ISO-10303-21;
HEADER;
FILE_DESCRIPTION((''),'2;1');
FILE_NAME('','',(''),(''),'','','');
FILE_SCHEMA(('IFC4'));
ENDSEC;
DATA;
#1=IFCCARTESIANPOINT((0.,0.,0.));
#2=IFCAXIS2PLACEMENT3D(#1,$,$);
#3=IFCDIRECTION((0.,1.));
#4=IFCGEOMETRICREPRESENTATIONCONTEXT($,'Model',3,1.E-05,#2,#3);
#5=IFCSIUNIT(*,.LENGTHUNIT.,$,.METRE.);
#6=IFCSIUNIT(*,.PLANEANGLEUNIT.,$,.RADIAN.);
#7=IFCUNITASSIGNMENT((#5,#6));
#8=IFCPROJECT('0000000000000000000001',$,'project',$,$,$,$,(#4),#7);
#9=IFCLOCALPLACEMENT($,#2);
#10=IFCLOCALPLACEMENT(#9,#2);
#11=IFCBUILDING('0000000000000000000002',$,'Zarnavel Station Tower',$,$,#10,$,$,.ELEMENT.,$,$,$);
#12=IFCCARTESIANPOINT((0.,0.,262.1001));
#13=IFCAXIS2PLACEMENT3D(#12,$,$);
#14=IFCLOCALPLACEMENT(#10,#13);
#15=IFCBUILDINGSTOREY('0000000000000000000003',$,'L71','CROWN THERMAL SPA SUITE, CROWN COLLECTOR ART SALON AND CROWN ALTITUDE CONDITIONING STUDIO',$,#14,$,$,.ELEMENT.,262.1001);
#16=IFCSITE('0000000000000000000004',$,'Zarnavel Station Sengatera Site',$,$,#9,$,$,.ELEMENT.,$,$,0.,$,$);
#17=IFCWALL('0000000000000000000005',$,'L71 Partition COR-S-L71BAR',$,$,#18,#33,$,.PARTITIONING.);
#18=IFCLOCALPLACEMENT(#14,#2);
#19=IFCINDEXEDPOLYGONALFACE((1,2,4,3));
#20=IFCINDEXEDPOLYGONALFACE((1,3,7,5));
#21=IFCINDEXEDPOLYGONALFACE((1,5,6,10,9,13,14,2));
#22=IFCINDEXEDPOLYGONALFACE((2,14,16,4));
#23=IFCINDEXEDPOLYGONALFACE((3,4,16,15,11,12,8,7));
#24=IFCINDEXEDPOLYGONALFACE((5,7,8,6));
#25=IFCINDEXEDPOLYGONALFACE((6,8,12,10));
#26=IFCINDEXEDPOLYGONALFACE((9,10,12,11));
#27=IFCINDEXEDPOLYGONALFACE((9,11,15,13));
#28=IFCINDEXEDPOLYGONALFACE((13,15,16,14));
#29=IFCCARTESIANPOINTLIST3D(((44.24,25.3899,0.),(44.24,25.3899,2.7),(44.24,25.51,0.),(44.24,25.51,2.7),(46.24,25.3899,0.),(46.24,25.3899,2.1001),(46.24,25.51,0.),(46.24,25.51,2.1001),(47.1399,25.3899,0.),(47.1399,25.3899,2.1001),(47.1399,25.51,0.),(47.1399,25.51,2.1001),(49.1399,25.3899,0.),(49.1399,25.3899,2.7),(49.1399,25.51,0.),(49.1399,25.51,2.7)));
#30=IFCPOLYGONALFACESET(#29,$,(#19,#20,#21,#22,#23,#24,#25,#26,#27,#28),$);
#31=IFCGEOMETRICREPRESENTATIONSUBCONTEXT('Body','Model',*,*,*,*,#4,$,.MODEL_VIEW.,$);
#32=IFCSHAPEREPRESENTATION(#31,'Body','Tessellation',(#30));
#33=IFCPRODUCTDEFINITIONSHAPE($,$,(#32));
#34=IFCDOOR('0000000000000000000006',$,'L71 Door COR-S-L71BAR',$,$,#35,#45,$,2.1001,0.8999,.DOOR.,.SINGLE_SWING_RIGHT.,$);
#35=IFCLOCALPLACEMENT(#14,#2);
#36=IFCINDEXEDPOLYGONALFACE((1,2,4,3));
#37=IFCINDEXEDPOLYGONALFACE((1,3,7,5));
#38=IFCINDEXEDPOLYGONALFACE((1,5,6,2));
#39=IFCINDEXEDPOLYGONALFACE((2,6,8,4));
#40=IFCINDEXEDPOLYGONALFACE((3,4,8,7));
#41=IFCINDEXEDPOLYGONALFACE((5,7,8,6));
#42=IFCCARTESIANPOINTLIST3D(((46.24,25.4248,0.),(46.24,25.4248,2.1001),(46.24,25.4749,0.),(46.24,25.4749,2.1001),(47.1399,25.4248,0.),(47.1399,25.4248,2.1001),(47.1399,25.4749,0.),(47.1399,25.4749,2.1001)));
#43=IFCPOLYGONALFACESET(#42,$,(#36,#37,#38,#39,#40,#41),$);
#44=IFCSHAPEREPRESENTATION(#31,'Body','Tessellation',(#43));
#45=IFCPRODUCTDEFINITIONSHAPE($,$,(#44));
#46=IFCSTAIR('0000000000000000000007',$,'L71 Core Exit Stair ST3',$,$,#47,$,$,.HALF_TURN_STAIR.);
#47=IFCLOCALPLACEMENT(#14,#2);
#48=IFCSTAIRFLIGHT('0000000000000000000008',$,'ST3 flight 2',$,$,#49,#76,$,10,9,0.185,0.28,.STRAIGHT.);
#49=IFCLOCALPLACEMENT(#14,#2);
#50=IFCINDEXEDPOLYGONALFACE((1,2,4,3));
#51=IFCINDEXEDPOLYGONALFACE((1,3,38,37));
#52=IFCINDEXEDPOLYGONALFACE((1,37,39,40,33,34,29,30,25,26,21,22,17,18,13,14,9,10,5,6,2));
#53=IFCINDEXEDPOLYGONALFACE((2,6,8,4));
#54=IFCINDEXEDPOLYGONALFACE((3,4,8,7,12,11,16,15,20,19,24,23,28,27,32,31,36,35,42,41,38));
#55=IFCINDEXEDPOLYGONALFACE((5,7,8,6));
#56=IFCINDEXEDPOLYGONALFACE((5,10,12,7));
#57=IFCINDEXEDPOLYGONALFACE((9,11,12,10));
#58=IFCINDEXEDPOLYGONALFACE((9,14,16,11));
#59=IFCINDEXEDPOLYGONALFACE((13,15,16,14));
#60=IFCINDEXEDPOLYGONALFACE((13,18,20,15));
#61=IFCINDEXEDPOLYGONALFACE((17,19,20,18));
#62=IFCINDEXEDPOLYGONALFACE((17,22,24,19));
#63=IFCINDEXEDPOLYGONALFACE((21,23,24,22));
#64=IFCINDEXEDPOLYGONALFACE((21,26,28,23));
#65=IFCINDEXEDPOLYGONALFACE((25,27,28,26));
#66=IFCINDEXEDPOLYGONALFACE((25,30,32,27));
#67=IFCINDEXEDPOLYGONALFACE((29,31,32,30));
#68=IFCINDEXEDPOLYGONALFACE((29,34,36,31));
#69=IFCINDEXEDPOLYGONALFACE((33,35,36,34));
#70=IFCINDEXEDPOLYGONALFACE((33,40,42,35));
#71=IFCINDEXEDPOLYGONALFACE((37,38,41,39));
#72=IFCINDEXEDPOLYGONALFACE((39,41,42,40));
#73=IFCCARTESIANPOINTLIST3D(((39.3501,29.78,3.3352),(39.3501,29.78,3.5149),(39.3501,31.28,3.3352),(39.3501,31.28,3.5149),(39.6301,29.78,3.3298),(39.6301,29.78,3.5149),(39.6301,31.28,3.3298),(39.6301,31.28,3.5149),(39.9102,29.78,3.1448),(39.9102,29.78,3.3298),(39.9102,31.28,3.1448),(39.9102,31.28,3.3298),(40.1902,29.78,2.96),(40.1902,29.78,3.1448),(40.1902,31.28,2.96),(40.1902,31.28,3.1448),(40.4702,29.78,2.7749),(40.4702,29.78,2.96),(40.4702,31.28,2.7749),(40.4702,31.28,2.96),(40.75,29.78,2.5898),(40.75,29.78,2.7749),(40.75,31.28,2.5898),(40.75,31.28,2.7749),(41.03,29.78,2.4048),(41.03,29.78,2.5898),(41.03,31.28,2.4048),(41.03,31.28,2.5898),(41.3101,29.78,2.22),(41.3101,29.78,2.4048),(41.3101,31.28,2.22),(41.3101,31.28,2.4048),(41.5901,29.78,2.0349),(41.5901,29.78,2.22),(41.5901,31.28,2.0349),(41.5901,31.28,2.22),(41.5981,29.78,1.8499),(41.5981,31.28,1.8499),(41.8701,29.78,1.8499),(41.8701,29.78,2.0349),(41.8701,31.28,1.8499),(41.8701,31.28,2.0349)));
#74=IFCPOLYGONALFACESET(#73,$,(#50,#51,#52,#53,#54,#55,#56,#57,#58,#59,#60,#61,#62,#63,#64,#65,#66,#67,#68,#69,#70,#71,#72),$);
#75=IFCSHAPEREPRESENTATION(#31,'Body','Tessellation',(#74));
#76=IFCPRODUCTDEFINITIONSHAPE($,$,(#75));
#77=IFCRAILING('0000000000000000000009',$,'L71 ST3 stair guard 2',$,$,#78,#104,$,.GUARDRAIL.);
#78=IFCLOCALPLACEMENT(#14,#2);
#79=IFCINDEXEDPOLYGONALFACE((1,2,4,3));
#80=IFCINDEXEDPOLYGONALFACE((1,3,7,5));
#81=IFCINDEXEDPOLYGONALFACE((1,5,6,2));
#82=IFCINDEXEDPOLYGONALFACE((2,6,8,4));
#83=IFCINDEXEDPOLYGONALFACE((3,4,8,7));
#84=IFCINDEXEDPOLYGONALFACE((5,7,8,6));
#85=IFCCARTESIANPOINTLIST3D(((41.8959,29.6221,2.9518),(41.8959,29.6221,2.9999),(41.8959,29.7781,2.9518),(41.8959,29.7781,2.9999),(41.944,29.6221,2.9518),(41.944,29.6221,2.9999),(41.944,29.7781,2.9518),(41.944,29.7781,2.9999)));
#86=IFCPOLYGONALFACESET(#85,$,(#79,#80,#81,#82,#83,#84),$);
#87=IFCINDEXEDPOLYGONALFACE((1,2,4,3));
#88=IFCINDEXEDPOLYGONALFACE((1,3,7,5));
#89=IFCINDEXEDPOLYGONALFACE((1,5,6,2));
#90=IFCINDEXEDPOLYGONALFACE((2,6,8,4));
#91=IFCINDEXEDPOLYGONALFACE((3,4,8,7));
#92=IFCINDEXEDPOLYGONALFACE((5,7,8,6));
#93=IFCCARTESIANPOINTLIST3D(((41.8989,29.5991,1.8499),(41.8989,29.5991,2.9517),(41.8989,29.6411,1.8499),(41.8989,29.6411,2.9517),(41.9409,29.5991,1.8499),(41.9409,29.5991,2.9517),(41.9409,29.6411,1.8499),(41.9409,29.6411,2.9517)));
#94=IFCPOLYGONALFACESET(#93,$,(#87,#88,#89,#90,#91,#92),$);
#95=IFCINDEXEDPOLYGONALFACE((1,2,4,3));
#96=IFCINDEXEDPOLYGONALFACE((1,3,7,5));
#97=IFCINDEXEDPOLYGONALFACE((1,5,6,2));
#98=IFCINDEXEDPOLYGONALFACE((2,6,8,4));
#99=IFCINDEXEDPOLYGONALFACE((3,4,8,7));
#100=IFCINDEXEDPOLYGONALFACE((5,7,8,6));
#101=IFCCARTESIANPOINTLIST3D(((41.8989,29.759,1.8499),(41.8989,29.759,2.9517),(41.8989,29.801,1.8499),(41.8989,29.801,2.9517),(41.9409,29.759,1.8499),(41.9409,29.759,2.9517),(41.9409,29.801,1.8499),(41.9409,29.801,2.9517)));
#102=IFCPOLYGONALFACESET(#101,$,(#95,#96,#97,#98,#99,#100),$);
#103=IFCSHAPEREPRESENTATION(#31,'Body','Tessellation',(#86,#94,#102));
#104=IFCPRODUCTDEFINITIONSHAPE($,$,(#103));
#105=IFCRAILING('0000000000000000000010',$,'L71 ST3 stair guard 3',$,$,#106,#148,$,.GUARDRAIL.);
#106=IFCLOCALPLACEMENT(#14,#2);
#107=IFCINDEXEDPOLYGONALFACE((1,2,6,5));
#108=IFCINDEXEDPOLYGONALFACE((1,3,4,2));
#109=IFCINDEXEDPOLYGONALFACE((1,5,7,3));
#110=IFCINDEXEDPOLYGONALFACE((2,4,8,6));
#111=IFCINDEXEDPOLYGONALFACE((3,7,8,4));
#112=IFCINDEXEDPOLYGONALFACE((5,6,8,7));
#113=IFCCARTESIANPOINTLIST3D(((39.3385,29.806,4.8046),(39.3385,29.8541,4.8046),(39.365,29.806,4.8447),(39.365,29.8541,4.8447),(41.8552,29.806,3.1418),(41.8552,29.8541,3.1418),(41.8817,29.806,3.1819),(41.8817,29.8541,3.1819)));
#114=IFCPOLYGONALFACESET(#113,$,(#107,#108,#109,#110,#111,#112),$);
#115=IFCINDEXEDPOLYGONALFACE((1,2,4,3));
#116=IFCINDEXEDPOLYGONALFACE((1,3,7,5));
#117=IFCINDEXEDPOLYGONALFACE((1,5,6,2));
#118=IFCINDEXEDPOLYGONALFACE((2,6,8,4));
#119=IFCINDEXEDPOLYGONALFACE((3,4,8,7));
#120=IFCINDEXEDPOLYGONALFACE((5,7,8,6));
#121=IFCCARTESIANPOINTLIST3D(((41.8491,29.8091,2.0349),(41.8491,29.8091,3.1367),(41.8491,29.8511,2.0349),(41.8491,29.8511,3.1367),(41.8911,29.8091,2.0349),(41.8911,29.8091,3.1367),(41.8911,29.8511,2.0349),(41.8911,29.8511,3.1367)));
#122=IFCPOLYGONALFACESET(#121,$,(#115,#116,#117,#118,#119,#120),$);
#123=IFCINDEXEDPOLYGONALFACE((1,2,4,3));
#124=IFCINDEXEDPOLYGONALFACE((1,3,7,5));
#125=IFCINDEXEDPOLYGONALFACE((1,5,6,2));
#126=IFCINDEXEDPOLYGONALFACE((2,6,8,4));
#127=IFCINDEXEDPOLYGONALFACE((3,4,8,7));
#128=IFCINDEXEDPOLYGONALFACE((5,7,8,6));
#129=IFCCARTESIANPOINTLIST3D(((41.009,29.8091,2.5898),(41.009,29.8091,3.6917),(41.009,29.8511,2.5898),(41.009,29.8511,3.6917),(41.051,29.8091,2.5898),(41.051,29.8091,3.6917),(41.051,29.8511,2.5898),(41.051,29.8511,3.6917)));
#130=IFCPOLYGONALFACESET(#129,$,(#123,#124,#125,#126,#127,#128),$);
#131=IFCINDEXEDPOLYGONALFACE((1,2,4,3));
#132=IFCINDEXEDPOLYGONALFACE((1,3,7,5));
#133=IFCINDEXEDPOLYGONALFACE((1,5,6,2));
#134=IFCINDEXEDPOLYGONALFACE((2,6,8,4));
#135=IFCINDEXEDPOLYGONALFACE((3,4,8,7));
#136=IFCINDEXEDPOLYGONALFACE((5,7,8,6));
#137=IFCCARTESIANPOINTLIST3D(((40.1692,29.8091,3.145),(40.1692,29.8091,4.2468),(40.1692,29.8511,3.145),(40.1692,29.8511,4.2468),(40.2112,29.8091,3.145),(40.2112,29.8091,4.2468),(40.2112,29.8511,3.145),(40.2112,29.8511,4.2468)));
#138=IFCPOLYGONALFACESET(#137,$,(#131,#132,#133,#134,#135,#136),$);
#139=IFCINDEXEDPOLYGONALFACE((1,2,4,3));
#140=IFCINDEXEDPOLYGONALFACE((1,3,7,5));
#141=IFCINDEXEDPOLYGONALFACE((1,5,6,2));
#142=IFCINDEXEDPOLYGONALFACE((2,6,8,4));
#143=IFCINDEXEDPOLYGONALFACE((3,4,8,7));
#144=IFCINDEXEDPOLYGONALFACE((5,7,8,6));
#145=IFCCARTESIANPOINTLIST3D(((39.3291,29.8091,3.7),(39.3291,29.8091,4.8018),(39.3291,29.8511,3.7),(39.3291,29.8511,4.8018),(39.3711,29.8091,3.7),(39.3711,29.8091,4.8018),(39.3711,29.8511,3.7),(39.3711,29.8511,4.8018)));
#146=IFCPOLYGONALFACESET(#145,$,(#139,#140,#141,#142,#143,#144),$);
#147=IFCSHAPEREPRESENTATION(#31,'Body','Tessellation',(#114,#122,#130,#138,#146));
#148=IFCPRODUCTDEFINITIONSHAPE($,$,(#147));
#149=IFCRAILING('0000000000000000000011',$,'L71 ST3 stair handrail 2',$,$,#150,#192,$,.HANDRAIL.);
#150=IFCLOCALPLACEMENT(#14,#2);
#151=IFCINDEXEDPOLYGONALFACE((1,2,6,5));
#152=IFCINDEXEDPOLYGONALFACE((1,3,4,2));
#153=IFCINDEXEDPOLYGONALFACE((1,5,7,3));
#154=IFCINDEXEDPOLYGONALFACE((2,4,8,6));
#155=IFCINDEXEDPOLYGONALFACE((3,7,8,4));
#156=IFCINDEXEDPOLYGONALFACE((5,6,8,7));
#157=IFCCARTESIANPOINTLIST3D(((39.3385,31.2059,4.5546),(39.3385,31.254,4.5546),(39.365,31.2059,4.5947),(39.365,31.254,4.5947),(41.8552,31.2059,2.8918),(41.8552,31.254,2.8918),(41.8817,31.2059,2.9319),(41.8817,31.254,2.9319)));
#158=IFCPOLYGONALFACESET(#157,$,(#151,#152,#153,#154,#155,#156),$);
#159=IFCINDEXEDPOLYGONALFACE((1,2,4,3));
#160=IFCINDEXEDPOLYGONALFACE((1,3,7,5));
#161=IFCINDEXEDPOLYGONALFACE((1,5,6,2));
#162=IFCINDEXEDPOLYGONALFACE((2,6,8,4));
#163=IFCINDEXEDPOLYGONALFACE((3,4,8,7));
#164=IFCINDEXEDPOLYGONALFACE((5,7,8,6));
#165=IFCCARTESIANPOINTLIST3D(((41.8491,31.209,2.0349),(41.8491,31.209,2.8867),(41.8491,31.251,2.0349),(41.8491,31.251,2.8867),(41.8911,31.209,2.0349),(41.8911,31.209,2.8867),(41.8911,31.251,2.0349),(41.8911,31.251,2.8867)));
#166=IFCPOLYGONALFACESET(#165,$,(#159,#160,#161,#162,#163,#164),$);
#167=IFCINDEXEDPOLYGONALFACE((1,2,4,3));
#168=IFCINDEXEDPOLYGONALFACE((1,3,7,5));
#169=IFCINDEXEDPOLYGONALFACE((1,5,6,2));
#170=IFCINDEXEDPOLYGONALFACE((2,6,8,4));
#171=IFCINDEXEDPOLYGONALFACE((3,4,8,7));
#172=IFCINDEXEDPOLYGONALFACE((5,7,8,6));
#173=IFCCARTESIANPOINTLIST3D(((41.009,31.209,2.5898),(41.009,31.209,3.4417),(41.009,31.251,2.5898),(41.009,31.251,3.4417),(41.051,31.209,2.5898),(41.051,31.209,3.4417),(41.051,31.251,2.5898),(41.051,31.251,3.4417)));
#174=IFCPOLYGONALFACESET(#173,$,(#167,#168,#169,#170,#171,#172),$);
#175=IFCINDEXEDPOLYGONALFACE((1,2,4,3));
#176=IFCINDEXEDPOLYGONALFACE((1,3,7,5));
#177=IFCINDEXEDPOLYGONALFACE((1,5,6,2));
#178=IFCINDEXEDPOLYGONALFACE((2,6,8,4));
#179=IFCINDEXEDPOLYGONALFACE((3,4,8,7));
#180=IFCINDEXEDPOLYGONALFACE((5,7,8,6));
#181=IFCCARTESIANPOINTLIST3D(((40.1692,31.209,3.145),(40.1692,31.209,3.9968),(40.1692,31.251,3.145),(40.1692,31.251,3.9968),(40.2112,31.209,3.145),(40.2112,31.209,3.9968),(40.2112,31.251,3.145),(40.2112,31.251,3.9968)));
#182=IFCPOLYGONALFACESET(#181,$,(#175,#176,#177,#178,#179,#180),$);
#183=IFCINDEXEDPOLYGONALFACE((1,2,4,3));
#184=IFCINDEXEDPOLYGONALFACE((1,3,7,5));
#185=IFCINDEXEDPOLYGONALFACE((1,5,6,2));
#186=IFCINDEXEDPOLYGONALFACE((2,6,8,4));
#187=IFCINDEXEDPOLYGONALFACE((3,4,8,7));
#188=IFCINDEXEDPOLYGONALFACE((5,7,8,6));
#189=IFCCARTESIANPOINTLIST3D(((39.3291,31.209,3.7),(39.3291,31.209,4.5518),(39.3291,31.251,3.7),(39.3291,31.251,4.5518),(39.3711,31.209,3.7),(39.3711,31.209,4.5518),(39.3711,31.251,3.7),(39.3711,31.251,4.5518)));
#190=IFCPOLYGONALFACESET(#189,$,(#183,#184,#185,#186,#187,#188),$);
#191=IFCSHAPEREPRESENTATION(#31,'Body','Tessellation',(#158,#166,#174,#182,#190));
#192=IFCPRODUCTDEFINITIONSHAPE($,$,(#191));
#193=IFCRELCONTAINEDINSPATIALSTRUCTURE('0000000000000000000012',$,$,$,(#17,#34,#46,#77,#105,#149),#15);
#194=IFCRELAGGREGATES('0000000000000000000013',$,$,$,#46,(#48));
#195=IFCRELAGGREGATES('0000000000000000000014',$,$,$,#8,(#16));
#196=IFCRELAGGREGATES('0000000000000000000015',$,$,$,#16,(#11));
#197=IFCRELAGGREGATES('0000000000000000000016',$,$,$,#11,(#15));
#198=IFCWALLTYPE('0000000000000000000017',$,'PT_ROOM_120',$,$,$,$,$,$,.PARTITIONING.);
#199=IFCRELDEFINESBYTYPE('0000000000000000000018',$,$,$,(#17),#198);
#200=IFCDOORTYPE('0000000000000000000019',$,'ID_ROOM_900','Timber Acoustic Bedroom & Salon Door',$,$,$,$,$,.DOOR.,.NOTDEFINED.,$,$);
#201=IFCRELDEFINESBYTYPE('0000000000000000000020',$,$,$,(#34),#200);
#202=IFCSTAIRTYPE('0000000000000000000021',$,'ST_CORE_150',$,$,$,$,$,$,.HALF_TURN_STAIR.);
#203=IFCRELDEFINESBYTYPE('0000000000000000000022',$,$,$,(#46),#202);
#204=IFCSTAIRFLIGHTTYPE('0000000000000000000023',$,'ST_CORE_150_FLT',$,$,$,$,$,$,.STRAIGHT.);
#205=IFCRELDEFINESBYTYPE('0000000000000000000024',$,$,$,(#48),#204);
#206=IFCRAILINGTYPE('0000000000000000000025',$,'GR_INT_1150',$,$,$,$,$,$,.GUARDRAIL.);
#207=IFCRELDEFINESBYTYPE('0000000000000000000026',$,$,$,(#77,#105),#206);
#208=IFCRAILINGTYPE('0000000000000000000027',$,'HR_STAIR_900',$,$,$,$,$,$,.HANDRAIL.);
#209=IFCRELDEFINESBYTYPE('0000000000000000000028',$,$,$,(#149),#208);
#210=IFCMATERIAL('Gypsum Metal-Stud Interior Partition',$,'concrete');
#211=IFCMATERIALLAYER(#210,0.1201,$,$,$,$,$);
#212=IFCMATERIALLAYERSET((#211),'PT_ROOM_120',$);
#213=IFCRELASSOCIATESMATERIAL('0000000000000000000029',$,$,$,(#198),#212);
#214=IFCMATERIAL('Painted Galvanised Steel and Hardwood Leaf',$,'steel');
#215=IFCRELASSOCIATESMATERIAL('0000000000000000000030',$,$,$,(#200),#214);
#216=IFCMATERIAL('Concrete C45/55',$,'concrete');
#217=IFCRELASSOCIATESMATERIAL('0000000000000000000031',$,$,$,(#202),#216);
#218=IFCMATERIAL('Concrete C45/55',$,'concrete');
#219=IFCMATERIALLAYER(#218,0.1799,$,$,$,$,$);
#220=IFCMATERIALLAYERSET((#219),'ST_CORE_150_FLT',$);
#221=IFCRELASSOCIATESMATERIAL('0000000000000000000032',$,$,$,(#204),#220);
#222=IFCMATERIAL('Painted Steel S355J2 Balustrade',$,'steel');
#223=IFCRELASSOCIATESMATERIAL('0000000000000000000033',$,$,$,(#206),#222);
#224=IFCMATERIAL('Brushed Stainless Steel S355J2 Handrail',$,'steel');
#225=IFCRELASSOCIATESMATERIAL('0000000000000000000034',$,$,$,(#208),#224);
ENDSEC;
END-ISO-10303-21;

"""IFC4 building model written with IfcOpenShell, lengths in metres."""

from ifc_helpers import new_model, si_unit, direction, frame, frame_2d, origin, origin_2d, place, context, subcontext, project, spatial, polyline, rectangle, outline, extrude, material, layer, layer_set, type_object, element, fill, aggregate, save


model = new_model("IFC4")

# Units and contexts
model_context = context("Model", 3, precision=1e-05, world=origin(), true_north=direction((0.0, 1.0)))
body_context = subcontext(model_context, "Body", "Model", "MODEL_VIEW")
ifc_project = project(units=[si_unit("LENGTHUNIT", "METRE"), si_unit("PLANEANGLEUNIT", "RADIAN")], contexts=[model_context])

# Site, building, storey
site_placement = place(None, origin())
site = spatial("IfcSite", under=ifc_project, at=site_placement, Name="Zarnavel Station Sengatera Site", CompositionType="ELEMENT", RefElevation=0.0)
building_placement = place(site_placement, origin())
building = spatial("IfcBuilding", under=site, at=building_placement, Name="Zarnavel Station Tower", CompositionType="ELEMENT")
storey_placement = place(building_placement, frame((0.0, 0.0, 262.1001)))
storey = spatial("IfcBuildingStorey", under=building, at=storey_placement, Name="L71", Description="CROWN THERMAL SPA SUITE, CROWN COLLECTOR ART SALON AND CROWN ALTITUDE CONDITIONING STUDIO", CompositionType="ELEMENT", Elevation=262.1001)

# Wall, opening, door
ifc_material_1 = material(Name="Gypsum Metal-Stud Interior Partition", Category="concrete")
ifc_layer_1 = layer(ifc_material_1, 0.1201)
ifc_layer_set_1 = layer_set([ifc_layer_1], Name="PT_ROOM_120")
wall_type_1 = type_object("IfcWallType", Name="PT_ROOM_120", PredefinedType="PARTITIONING", material=ifc_layer_set_1)
wall_1_placement = place(storey_placement, frame((44.24, 25.45, 0.0), z_axis=(0.0, 0.0, 1.0), x_axis=(1.0, 0.0, 0.0)))
wall_1 = element("IfcWall", 1, at=wall_1_placement, inside=storey, type_object=wall_type_1, Name="L71 Partition COR-S-L71BAR", PredefinedType="PARTITIONING", context=body_context, shape_type="SweptSolid", body=[
    extrude(rectangle(XDim=4.8999, YDim=0.1201, at=frame_2d((2.45, 0.0))), origin(), (0.0, 0.0, 1.0), 2.7),
])
opening_1_placement = place(wall_1_placement, frame((2.0, 0.0, 0.0)))
opening_1 = element("IfcOpeningElement", 2, at=opening_1_placement, cuts=wall_1, PredefinedType="OPENING", context=body_context, shape_type="SweptSolid", body=[
    extrude(rectangle(XDim=0.8999, YDim=2.1001, at=frame_2d((0.45, 1.05))), frame((0.0, 0.0701, 0.0), z_axis=(0.0, -1.0, 0.0), x_axis=(1.0, 0.0, 0.0)), (0.0, 0.0, 1.0), 0.1401),
])
ifc_material_2 = material(Name="Painted Galvanised Steel and Hardwood Leaf", Category="steel")
door_type_1 = type_object("IfcDoorType", Name="ID_ROOM_900", Description="Timber Acoustic Bedroom & Salon Door", OperationType="NOTDEFINED", PredefinedType="DOOR", material=ifc_material_2)
door_1_placement = place(opening_1_placement, origin())
door_1 = element("IfcDoor", 3, at=door_1_placement, inside=storey, type_object=door_type_1, Name="L71 Door COR-S-L71BAR", OperationType="SINGLE_SWING_RIGHT", OverallHeight=2.1001, OverallWidth=0.8999, PredefinedType="DOOR", context=body_context, shape_type="SweptSolid", body=[
    extrude(rectangle(XDim=0.8999, YDim=2.1001, at=frame_2d((0.45, 1.05))), frame((0.0, 0.0249, 0.0), z_axis=(0.0, -1.0, 0.0), x_axis=(1.0, 0.0, 0.0)), (0.0, 0.0, 1.0), 0.05),
])
fill(opening_1, door_1)

# Stair, stair flight
ifc_material_3 = material(Name="Concrete C45/55", Category="concrete")
stair_type = type_object("IfcStairType", Name="ST_CORE_150", PredefinedType="HALF_TURN_STAIR", material=ifc_material_3)
stair_placement = place(storey_placement, origin())
stair = element("IfcStair", 4, at=stair_placement, inside=storey, type_object=stair_type, Name="L71 Core Exit Stair ST3", PredefinedType="HALF_TURN_STAIR")
ifc_material_4 = material(Name="Concrete C45/55", Category="concrete")
ifc_layer_2 = layer(ifc_material_4, 0.1799)
ifc_layer_set_2 = layer_set([ifc_layer_2], Name="ST_CORE_150_FLT")
stair_flight_type = type_object("IfcStairFlightType", Name="ST_CORE_150_FLT", PredefinedType="STRAIGHT", material=ifc_layer_set_2)
stair_flight_placement = place(storey_placement, frame((41.8701, 30.53, 1.8499), z_axis=(0.0, 0.0, 1.0), x_axis=(-1.0, 0.0, 0.0)))
stair_flight = element("IfcStairFlight", 5, at=stair_flight_placement, type_object=stair_flight_type, Name="ST3 flight 2", NumberOfRisers=10, NumberOfTreads=9, PredefinedType="STRAIGHT", RiserHeight=0.185, TreadLength=0.28, context=body_context, shape_type="SweptSolid", body=[
    extrude(outline(polyline([(0.0, 0.0), (0.0, 0.1851), (0.28, 0.1851), (0.28, 0.3701), (0.5601, 0.3701), (0.5601, 0.5549), (0.8401, 0.5549), (0.8401, 0.74), (1.1201, 0.74), (1.1201, 0.925), (1.3999, 0.925), (1.3999, 1.1101), (1.6799, 1.1101), (1.6799, 1.2949), (1.96, 1.2949), (1.96, 1.48), (2.24, 1.48), (2.24, 1.665), (2.52, 1.665), (2.52, 1.8501), (2.52, 1.4854), (0.272, 0.0), (0.0, 0.0)])), frame((0.0, 0.75, 0.0), z_axis=(0.0, -1.0, 0.0), x_axis=(1.0, 0.0, 0.0)), (0.0, 0.0, 1.0), 1.5),
])
aggregate(stair, [stair_flight])

# Railings
ifc_material_5 = material(Name="Painted Steel S355J2 Balustrade", Category="steel")
railing_type_1 = type_object("IfcRailingType", Name="GR_INT_1150", PredefinedType="GUARDRAIL", material=ifc_material_5)
railing_1_placement = place(storey_placement, frame((41.9199, 29.6201, 1.8499)))
element("IfcRailing", 6, at=railing_1_placement, inside=storey, type_object=railing_type_1, Name="L71 ST3 stair guard 2", PredefinedType="GUARDRAIL", context=body_context, shape_type="SweptSolid", body=[
    extrude(rectangle(XDim=0.0481, YDim=0.0481, at=origin_2d()), frame((0.0, 0.002, 1.126), z_axis=(0.0, 1.0, 0.0), x_axis=(-1.0, 0.0, 0.0)), (0.0, 0.0, 1.0), 0.156),
    extrude(rectangle(XDim=0.042, YDim=0.042, at=origin_2d()), origin(), (0.0, 0.0, 1.0), 1.1018),
    extrude(rectangle(XDim=0.042, YDim=0.042, at=origin_2d()), frame((0.0, 0.1599, 0.0)), (0.0, 0.0, 1.0), 1.1018),
])
railing_2_placement = place(storey_placement, frame((41.8701, 29.8301, 2.0349)))
element("IfcRailing", 7, at=railing_2_placement, inside=storey, type_object=railing_type_1, Name="L71 ST3 stair guard 3", PredefinedType="GUARDRAIL", context=body_context, shape_type="SweptSolid", body=[
    extrude(rectangle(XDim=0.0481, YDim=0.0481, at=origin_2d()), frame((-0.0017, 0.0, 1.127), z_axis=(-0.834331, 0.0, 0.551263), x_axis=(0.0, -1.0, 0.0)), (0.0, 0.0, 1.0), 3.0164),
    extrude(rectangle(XDim=0.042, YDim=0.042, at=origin_2d()), origin(), (0.0, 0.0, 1.0), 1.1018),
    extrude(rectangle(XDim=0.042, YDim=0.042, at=origin_2d()), frame((-0.8401, 0.0, 0.5549)), (0.0, 0.0, 1.0), 1.1018),
    extrude(rectangle(XDim=0.042, YDim=0.042, at=origin_2d()), frame((-1.6799, 0.0, 1.1101)), (0.0, 0.0, 1.0), 1.1018),
    extrude(rectangle(XDim=0.042, YDim=0.042, at=origin_2d()), frame((-2.52, 0.0, 1.665)), (0.0, 0.0, 1.0), 1.1018),
])
ifc_material_6 = material(Name="Brushed Stainless Steel S355J2 Handrail", Category="steel")
railing_type_2 = type_object("IfcRailingType", Name="HR_STAIR_900", PredefinedType="HANDRAIL", material=ifc_material_6)
railing_3_placement = place(storey_placement, frame((41.8701, 31.23, 2.0349)))
element("IfcRailing", 8, at=railing_3_placement, inside=storey, type_object=railing_type_2, Name="L71 ST3 stair handrail 2", PredefinedType="HANDRAIL", context=body_context, shape_type="SweptSolid", body=[
    extrude(rectangle(XDim=0.0481, YDim=0.0481, at=origin_2d()), frame((-0.0017, 0.0, 0.877), z_axis=(-0.834331, 0.0, 0.551263), x_axis=(0.0, -1.0, 0.0)), (0.0, 0.0, 1.0), 3.0164),
    extrude(rectangle(XDim=0.042, YDim=0.042, at=origin_2d()), origin(), (0.0, 0.0, 1.0), 0.8518),
    extrude(rectangle(XDim=0.042, YDim=0.042, at=origin_2d()), frame((-0.8401, 0.0, 0.5549)), (0.0, 0.0, 1.0), 0.8518),
    extrude(rectangle(XDim=0.042, YDim=0.042, at=origin_2d()), frame((-1.6799, 0.0, 1.1101)), (0.0, 0.0, 1.0), 0.8518),
    extrude(rectangle(XDim=0.042, YDim=0.042, at=origin_2d()), frame((-2.52, 0.0, 1.665)), (0.0, 0.0, 1.0), 0.8518),
])

save(model, "model.ifc")
